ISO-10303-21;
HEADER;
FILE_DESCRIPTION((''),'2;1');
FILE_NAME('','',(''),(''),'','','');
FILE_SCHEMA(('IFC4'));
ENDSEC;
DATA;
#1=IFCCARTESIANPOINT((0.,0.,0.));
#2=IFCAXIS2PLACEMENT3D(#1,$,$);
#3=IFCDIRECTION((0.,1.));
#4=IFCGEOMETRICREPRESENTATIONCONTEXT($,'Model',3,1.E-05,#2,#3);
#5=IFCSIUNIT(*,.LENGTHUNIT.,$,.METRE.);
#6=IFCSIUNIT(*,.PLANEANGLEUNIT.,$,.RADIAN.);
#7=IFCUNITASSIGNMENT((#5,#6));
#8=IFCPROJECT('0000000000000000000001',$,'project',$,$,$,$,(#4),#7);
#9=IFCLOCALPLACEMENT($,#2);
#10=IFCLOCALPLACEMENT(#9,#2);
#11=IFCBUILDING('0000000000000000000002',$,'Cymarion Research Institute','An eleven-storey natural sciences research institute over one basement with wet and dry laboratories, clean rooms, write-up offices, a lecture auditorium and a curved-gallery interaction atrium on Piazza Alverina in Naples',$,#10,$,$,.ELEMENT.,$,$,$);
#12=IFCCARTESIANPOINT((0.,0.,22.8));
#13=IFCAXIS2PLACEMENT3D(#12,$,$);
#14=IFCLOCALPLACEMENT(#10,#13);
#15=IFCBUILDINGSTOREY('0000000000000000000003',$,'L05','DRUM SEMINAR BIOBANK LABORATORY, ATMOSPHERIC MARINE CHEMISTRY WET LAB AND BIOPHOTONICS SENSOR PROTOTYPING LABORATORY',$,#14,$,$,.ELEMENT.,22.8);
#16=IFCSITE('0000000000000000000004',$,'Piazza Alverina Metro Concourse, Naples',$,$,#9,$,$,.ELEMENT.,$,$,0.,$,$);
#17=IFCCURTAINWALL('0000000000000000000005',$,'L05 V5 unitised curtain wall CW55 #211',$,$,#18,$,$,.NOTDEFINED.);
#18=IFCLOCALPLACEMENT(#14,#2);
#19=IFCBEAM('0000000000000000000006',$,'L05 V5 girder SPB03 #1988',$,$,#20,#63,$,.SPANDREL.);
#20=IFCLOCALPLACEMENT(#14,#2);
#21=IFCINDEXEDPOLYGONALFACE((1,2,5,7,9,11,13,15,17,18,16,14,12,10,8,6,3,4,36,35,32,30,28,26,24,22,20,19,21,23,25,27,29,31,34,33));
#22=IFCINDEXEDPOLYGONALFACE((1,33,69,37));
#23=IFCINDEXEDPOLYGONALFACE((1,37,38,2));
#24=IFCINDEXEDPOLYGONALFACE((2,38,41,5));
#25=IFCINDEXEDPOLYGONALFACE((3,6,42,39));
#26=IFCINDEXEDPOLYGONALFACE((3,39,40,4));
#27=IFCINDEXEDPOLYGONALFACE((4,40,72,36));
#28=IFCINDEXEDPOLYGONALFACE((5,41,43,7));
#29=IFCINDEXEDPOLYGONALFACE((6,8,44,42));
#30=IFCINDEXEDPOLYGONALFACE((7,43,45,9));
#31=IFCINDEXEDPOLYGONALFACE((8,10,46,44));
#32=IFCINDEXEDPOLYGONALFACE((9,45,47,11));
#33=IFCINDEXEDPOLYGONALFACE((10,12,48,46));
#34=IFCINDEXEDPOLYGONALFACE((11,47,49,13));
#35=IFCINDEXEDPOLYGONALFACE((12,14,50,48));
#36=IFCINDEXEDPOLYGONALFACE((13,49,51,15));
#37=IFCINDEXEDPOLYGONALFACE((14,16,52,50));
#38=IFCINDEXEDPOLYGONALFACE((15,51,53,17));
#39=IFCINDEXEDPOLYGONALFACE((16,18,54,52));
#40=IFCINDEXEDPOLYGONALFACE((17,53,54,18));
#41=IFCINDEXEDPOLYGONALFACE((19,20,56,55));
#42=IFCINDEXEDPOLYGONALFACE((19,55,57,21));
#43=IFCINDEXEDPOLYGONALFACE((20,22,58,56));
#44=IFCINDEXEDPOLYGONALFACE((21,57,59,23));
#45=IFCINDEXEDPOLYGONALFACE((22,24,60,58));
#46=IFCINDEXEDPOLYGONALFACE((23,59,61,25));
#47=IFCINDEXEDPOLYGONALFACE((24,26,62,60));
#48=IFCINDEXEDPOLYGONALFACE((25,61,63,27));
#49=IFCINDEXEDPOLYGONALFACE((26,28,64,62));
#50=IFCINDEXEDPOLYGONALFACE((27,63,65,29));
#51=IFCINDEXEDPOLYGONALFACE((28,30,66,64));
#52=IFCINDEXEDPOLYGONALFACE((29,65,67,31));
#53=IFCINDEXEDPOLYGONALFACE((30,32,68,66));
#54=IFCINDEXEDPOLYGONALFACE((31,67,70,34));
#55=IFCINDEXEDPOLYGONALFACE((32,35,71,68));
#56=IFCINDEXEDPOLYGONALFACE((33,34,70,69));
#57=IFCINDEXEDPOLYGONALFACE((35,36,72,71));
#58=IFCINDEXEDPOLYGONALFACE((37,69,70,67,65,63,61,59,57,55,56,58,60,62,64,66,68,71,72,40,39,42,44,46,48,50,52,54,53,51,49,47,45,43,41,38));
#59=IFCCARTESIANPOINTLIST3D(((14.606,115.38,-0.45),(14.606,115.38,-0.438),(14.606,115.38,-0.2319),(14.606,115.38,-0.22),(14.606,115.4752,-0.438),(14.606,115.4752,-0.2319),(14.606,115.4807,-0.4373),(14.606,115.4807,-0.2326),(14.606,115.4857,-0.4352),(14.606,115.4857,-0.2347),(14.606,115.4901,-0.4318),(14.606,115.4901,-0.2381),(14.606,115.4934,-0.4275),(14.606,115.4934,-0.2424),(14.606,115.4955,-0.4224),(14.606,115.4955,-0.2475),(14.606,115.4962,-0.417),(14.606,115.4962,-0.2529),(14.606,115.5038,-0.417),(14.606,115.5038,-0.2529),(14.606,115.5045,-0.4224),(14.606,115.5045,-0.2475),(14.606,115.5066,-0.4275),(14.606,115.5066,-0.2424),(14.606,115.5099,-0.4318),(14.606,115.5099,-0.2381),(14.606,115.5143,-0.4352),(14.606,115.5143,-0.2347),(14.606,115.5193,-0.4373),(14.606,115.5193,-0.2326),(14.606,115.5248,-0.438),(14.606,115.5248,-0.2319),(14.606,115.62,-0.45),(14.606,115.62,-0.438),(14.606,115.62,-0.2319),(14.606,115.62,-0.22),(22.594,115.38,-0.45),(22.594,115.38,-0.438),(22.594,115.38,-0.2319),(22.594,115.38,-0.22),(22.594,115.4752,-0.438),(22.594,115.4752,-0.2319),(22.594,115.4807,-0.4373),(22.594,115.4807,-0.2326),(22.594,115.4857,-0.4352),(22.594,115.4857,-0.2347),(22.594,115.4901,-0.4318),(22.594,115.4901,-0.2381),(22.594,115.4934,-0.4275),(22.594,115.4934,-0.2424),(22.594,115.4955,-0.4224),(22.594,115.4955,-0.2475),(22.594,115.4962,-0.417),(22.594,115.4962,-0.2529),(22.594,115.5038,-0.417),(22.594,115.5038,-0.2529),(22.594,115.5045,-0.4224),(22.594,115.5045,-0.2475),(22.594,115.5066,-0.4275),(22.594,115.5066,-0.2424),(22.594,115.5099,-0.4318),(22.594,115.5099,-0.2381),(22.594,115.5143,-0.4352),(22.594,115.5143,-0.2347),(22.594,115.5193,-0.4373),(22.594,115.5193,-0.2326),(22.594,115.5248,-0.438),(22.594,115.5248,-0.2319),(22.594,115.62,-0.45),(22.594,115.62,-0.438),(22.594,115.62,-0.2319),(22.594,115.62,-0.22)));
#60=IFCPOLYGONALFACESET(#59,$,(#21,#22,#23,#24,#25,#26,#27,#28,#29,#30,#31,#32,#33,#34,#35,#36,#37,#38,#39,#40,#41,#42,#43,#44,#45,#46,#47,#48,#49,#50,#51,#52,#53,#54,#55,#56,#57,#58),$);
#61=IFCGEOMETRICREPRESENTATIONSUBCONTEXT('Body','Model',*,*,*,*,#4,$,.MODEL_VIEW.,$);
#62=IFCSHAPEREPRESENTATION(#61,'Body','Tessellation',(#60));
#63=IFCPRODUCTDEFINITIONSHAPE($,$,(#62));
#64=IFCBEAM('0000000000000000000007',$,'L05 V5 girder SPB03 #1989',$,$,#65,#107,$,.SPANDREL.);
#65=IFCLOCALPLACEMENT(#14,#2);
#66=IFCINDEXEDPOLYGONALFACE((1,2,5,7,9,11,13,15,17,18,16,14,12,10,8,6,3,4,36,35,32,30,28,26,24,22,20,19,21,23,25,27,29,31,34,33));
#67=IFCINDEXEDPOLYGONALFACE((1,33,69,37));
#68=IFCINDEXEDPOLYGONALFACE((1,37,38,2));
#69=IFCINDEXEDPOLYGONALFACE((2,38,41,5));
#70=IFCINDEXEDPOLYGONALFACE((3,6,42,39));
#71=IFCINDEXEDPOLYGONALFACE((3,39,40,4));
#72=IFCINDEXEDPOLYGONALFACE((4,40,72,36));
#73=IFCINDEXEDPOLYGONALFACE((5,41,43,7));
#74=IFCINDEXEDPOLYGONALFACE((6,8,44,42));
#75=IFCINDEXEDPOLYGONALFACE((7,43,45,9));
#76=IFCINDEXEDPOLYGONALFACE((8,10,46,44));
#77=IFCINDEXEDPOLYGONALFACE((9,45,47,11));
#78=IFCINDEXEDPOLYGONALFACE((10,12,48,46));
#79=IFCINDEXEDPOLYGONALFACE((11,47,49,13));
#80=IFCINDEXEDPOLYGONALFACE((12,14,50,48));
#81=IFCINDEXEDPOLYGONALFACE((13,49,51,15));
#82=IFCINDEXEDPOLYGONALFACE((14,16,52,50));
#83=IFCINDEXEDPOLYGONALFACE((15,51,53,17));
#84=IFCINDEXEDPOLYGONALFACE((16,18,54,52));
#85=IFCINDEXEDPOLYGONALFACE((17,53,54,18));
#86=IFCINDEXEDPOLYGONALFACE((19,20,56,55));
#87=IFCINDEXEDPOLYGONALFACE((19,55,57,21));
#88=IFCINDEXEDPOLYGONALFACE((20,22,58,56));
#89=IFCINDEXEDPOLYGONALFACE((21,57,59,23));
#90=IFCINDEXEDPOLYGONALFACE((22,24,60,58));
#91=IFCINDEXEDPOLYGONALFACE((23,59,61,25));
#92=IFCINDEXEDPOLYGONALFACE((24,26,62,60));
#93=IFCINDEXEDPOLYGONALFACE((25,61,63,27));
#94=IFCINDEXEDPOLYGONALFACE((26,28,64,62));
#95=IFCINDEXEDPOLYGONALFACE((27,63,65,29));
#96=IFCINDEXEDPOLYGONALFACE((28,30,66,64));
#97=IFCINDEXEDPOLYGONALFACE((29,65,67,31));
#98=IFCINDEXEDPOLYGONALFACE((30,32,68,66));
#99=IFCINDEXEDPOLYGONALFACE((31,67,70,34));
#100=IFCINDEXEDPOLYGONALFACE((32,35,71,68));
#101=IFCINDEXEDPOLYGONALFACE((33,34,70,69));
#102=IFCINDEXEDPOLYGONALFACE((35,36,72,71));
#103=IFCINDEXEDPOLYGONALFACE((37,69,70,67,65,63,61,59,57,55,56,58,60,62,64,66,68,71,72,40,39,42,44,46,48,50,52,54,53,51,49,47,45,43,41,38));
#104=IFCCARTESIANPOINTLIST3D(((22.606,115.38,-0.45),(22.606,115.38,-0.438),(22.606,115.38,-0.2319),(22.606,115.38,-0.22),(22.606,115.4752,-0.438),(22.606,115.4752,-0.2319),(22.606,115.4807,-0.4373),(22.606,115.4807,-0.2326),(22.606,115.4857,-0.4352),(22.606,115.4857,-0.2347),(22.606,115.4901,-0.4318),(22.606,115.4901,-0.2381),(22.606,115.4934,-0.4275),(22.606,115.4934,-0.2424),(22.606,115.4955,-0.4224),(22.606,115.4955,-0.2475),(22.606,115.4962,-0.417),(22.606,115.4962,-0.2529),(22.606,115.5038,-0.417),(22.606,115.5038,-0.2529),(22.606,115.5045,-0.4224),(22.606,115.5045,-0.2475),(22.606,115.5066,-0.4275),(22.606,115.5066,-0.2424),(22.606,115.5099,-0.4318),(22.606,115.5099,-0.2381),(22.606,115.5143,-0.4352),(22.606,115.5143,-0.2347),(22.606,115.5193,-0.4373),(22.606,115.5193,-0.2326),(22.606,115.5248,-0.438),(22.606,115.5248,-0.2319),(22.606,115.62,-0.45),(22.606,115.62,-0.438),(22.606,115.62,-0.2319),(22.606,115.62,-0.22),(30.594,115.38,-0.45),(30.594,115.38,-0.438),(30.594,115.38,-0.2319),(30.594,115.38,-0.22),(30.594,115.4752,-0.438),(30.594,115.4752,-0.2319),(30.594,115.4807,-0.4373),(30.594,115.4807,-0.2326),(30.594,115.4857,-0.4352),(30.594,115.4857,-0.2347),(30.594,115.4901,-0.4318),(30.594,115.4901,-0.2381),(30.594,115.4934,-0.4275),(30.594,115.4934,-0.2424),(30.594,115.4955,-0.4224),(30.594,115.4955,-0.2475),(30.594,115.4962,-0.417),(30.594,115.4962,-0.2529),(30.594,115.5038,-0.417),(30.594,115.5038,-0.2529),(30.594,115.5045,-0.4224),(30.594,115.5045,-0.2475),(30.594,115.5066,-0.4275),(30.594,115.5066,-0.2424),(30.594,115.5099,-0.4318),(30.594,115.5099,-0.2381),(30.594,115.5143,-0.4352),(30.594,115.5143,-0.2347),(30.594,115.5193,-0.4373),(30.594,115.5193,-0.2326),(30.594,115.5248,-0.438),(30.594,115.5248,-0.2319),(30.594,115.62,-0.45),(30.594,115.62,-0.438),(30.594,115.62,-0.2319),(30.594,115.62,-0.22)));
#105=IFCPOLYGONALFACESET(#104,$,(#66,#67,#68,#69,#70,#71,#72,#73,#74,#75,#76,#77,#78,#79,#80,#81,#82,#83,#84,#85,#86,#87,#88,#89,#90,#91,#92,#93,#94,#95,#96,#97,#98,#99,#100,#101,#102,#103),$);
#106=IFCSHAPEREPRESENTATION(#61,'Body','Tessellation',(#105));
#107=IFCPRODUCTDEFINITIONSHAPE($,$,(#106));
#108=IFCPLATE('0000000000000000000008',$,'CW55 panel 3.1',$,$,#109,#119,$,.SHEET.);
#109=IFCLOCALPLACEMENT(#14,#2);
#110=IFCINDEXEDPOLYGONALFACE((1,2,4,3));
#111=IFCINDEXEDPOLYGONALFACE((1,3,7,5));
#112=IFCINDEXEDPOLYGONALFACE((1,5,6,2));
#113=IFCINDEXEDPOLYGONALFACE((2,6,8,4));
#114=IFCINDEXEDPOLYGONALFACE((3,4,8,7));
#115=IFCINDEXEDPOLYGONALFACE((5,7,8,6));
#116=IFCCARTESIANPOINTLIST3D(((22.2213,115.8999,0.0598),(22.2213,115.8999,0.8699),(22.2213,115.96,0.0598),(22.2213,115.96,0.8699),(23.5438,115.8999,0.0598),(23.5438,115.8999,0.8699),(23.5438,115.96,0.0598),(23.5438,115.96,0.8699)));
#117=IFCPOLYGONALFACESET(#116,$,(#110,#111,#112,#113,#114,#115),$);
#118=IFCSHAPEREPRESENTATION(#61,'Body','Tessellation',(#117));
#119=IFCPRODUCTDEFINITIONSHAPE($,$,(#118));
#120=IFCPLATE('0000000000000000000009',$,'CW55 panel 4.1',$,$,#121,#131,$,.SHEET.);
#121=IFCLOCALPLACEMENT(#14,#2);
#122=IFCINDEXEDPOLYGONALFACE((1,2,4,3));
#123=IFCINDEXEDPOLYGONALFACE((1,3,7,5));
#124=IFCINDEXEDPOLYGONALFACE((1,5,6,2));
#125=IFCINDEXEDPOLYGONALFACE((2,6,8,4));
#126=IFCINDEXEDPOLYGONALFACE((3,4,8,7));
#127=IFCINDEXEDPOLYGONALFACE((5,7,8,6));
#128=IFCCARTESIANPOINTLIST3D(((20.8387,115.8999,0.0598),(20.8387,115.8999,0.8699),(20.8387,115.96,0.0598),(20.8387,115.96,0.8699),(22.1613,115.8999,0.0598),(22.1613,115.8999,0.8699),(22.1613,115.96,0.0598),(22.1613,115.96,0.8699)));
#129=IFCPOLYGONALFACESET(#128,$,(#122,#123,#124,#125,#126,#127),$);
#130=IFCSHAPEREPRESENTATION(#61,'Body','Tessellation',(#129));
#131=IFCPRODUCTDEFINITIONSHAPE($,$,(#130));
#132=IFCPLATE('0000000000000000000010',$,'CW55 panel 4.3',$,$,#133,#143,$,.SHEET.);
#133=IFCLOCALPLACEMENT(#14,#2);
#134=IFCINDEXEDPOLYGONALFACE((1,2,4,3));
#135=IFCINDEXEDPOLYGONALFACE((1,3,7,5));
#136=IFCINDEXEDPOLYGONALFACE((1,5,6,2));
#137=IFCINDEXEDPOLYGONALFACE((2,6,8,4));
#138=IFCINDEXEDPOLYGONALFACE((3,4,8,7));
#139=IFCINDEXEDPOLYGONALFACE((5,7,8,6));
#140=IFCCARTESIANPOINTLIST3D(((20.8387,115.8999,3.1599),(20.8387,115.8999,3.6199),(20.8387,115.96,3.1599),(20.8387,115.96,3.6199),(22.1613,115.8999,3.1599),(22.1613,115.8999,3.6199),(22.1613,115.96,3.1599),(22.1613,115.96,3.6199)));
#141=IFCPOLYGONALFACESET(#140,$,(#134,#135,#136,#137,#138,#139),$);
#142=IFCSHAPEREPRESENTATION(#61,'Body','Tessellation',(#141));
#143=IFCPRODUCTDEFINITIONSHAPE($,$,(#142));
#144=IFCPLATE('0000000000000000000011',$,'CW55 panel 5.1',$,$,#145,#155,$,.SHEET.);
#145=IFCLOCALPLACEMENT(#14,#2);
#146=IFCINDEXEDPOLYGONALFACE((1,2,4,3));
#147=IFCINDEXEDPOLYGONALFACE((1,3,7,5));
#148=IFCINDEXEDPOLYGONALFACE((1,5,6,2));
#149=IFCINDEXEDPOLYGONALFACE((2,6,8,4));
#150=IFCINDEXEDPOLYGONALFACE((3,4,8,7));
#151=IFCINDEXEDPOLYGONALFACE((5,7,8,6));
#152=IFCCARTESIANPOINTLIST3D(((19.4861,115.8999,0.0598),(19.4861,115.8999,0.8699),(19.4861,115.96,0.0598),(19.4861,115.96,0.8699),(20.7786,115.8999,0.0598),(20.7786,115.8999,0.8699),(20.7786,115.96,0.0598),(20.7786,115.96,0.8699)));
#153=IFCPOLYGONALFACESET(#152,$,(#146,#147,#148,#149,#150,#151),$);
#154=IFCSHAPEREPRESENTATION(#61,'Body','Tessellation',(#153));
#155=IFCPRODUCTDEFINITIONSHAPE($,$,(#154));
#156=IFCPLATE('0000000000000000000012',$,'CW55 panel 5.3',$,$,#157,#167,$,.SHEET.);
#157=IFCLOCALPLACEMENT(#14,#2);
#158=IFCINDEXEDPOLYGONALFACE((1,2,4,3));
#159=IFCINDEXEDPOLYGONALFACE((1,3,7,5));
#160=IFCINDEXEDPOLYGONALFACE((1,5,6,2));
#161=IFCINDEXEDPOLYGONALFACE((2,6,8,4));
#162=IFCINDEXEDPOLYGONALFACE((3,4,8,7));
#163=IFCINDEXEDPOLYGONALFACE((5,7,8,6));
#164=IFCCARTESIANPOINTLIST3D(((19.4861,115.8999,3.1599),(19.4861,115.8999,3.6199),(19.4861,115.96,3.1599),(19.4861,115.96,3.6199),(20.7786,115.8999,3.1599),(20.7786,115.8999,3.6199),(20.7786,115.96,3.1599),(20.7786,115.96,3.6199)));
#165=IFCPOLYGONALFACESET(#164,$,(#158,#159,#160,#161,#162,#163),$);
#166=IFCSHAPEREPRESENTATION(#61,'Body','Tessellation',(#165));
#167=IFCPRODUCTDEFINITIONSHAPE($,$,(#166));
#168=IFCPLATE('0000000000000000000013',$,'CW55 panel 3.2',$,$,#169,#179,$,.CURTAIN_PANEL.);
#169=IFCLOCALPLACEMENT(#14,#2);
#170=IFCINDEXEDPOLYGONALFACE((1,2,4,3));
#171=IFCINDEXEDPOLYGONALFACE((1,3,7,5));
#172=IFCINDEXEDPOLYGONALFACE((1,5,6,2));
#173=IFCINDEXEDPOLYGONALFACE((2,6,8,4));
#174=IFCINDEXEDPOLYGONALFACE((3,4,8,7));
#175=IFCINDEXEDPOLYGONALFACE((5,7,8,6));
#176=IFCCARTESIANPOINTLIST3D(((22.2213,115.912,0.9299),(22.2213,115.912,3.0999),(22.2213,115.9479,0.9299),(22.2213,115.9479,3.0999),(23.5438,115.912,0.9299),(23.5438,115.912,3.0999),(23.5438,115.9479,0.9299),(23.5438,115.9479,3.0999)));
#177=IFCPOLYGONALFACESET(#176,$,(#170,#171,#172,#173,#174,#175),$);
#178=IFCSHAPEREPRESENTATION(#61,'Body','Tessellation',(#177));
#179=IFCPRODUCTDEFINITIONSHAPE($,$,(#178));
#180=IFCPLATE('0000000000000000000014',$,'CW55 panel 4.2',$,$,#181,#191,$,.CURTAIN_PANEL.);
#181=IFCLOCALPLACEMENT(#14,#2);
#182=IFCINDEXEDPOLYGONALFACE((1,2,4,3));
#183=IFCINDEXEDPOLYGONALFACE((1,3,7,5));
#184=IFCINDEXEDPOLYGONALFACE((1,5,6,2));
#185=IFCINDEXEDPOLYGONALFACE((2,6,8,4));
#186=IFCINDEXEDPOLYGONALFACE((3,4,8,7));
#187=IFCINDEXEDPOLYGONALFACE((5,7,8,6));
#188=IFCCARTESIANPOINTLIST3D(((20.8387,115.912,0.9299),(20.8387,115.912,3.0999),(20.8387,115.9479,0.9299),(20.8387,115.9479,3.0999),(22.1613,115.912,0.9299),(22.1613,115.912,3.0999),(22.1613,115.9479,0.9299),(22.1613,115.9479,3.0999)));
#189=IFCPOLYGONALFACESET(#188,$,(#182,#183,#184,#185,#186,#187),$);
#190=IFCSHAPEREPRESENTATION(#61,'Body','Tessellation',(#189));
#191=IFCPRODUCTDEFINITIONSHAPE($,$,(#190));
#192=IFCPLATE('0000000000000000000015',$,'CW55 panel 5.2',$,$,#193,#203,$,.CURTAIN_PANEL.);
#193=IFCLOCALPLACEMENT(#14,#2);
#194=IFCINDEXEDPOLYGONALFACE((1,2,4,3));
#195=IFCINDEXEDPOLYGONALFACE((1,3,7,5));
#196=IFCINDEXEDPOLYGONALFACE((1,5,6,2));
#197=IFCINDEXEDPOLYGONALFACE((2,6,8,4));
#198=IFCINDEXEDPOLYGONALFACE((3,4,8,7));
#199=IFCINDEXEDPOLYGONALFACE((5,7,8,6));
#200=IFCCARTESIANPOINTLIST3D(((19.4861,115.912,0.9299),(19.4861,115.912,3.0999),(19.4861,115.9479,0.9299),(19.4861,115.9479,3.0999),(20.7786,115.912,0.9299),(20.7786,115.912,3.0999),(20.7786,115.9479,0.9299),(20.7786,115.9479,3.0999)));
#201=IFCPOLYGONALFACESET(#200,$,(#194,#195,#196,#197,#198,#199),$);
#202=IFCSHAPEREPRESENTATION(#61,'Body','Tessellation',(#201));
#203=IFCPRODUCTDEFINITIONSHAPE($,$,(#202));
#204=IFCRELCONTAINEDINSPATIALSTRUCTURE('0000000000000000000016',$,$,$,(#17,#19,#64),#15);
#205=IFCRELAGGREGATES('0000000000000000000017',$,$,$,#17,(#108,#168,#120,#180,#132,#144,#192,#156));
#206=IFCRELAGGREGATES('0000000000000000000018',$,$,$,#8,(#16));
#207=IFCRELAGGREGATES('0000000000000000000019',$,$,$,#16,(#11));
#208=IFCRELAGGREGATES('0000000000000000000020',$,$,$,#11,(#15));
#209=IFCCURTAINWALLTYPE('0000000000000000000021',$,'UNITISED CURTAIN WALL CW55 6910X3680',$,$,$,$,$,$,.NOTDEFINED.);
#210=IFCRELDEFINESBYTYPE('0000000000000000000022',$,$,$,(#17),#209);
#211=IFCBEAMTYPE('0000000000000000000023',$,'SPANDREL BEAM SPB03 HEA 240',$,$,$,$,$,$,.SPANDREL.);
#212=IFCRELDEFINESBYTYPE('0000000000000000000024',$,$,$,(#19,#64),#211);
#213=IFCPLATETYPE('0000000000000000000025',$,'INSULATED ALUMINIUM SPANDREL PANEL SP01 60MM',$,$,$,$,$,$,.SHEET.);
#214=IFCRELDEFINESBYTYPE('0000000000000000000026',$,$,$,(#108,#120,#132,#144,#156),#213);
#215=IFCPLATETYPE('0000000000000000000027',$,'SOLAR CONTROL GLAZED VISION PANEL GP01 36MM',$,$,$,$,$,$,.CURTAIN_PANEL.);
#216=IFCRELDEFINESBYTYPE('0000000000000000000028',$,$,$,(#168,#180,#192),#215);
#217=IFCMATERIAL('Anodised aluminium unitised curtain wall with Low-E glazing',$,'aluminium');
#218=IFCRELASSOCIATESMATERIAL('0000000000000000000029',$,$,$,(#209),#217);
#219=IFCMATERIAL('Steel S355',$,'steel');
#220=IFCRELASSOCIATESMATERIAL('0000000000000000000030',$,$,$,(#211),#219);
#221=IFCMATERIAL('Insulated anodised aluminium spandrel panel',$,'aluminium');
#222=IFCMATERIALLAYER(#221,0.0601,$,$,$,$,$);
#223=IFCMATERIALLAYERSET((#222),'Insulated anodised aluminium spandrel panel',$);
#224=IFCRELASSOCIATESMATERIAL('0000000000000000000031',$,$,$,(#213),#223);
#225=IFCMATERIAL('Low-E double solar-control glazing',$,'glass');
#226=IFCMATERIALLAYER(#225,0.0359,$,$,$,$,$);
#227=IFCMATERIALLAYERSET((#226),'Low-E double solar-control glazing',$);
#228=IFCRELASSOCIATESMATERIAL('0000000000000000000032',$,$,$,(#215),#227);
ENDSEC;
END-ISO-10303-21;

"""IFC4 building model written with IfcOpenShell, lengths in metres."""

from ifc_helpers import new_model, si_unit, direction, frame, origin, origin_2d, place, context, subcontext, project, spatial, rectangle, i_section, extrude, material, layer, layer_set, material_profile, profile_set, type_object, element, aggregate, save


model = new_model("IFC4")

# Units and contexts
model_context = context("Model", 3, precision=1e-05, world=origin(), true_north=direction((0.0, 1.0)))
body_context = subcontext(model_context, "Body", "Model", "MODEL_VIEW")
ifc_project = project(units=[si_unit("LENGTHUNIT", "METRE"), si_unit("PLANEANGLEUNIT", "RADIAN")], contexts=[model_context])

# Site, building, storey
site_placement = place(None, origin())
site = spatial("IfcSite", under=ifc_project, at=site_placement, Name="Piazza Alverina Metro Concourse, Naples", CompositionType="ELEMENT", RefElevation=0.0)
building_placement = place(site_placement, origin())
building = spatial("IfcBuilding", under=site, at=building_placement, Name="Cymarion Research Institute", Description="An eleven-storey natural sciences research institute over one basement with wet and dry laboratories, clean rooms, write-up offices, a lecture auditorium and a curved-gallery interaction atrium on Piazza Alverina in Naples", CompositionType="ELEMENT")
storey_placement = place(building_placement, frame((0.0, 0.0, 22.8)))
storey = spatial("IfcBuildingStorey", under=building, at=storey_placement, Name="L05", Description="DRUM SEMINAR BIOBANK LABORATORY, ATMOSPHERIC MARINE CHEMISTRY WET LAB AND BIOPHOTONICS SENSOR PROTOTYPING LABORATORY", CompositionType="ELEMENT", Elevation=22.8)

# Shared definitions
ifc_material_1 = material(Name="Steel S355", Category="steel")

# Curtain wall
ifc_material_2 = material(Name="Anodised aluminium unitised curtain wall with Low-E glazing", Category="aluminium")
curtain_wall_type = type_object("IfcCurtainWallType", Name="UNITISED CURTAIN WALL CW55 6910X3680", PredefinedType="NOTDEFINED", material=ifc_material_2)
curtain_wall_placement = place(storey_placement, origin())
curtain_wall = element("IfcCurtainWall", 1, at=curtain_wall_placement, inside=storey, type_object=curtain_wall_type, Name="L05 V5 unitised curtain wall CW55 #211", PredefinedType="NOTDEFINED")

# Beams
ifc_material_profile_1 = material_profile(ifc_material_1, i_section(OverallWidth=0.24, OverallDepth=0.23, WebThickness=0.0076, FlangeThickness=0.012, FilletRadius=0.021, at=origin_2d()), Name="HEA 240")
ifc_profile_set_1 = profile_set([ifc_material_profile_1], Name="Steel S355")
beam_type = type_object("IfcBeamType", Name="SPANDREL BEAM SPB03 HEA 240", PredefinedType="SPANDREL", material=ifc_profile_set_1)
for number, where, z_axis, x_axis, name in (
    (2, (14.606, 115.5, -0.335), (1.0, 0.0, 0.0), (0.0, 1.0, 0.0), "L05 V5 girder SPB03 #1988"),
    (3, (22.606, 115.5, -0.335), (1.0, 0.0, 0.0), (0.0, 1.0, 0.0), "L05 V5 girder SPB03 #1989"),
):
    element("IfcBeam", number, at=place(storey_placement, frame(where, z_axis=z_axis, x_axis=x_axis)), inside=storey, type_object=beam_type, Name=name, PredefinedType="SPANDREL", context=body_context, shape_type="SweptSolid", body=[
        extrude(i_section(OverallWidth=0.24, OverallDepth=0.23, WebThickness=0.0076, FlangeThickness=0.012, FilletRadius=0.021, at=origin_2d()), origin(), (0.0, 0.0, 1.0), 7.988),
    ])

# Plates
ifc_material_3 = material(Name="Insulated anodised aluminium spandrel panel", Category="aluminium")
ifc_layer_1 = layer(ifc_material_3, 0.0601)
ifc_layer_set_1 = layer_set([ifc_layer_1], Name="Insulated anodised aluminium spandrel panel")
plate_type_1 = type_object("IfcPlateType", Name="INSULATED ALUMINIUM SPANDREL PANEL SP01 60MM", PredefinedType="SHEET", material=ifc_layer_set_1)
plate_1_placement = place(storey_placement, frame((22.8826, 115.9299, 0.0598), z_axis=(0.0, 0.0, 1.0), x_axis=(-1.0, 0.0, 0.0)))
plate_1 = element("IfcPlate", 4, at=plate_1_placement, type_object=plate_type_1, Name="CW55 panel 3.1", PredefinedType="SHEET", context=body_context, shape_type="SweptSolid", body=[
    extrude(rectangle(XDim=1.3225, YDim=0.0601, at=origin_2d()), origin(), (0.0, 0.0, 1.0), 0.8101),
])
plate_2_placement = place(storey_placement, frame((21.5, 115.9299, 0.0598), z_axis=(0.0, 0.0, 1.0), x_axis=(-1.0, 0.0, 0.0)))
plate_2 = element("IfcPlate", 5, at=plate_2_placement, type_object=plate_type_1, Name="CW55 panel 4.1", PredefinedType="SHEET", context=body_context, shape_type="SweptSolid", body=[
    extrude(rectangle(XDim=1.3225, YDim=0.0601, at=origin_2d()), origin(), (0.0, 0.0, 1.0), 0.8101),
])
plate_3_placement = place(storey_placement, frame((21.5, 115.9299, 3.1599), z_axis=(0.0, 0.0, 1.0), x_axis=(-1.0, 0.0, 0.0)))
plate_3 = element("IfcPlate", 6, at=plate_3_placement, type_object=plate_type_1, Name="CW55 panel 4.3", PredefinedType="SHEET", context=body_context, shape_type="SweptSolid", body=[
    extrude(rectangle(XDim=1.3225, YDim=0.0601, at=origin_2d()), origin(), (0.0, 0.0, 1.0), 0.46),
])
plate_4_placement = place(storey_placement, frame((20.1323, 115.9299, 0.0598), z_axis=(0.0, 0.0, 1.0), x_axis=(-1.0, 0.0, 0.0)))
plate_4 = element("IfcPlate", 7, at=plate_4_placement, type_object=plate_type_1, Name="CW55 panel 5.1", PredefinedType="SHEET", context=body_context, shape_type="SweptSolid", body=[
    extrude(rectangle(XDim=1.2925, YDim=0.0601, at=origin_2d()), origin(), (0.0, 0.0, 1.0), 0.8101),
])
plate_5_placement = place(storey_placement, frame((20.1323, 115.9299, 3.1599), z_axis=(0.0, 0.0, 1.0), x_axis=(-1.0, 0.0, 0.0)))
plate_5 = element("IfcPlate", 8, at=plate_5_placement, type_object=plate_type_1, Name="CW55 panel 5.3", PredefinedType="SHEET", context=body_context, shape_type="SweptSolid", body=[
    extrude(rectangle(XDim=1.2925, YDim=0.0601, at=origin_2d()), origin(), (0.0, 0.0, 1.0), 0.46),
])
ifc_material_4 = material(Name="Low-E double solar-control glazing", Category="glass")
ifc_layer_2 = layer(ifc_material_4, 0.0359)
ifc_layer_set_2 = layer_set([ifc_layer_2], Name="Low-E double solar-control glazing")
plate_type_2 = type_object("IfcPlateType", Name="SOLAR CONTROL GLAZED VISION PANEL GP01 36MM", PredefinedType="CURTAIN_PANEL", material=ifc_layer_set_2)
plate_6_placement = place(storey_placement, frame((22.8826, 115.9299, 0.9299), z_axis=(0.0, 0.0, 1.0), x_axis=(-1.0, 0.0, 0.0)))
plate_6 = element("IfcPlate", 9, at=plate_6_placement, type_object=plate_type_2, Name="CW55 panel 3.2", PredefinedType="CURTAIN_PANEL", context=body_context, shape_type="SweptSolid", body=[
    extrude(rectangle(XDim=1.3225, YDim=0.0359, at=origin_2d()), origin(), (0.0, 0.0, 1.0), 2.1699),
])
plate_7_placement = place(storey_placement, frame((21.5, 115.9299, 0.9299), z_axis=(0.0, 0.0, 1.0), x_axis=(-1.0, 0.0, 0.0)))
plate_7 = element("IfcPlate", 10, at=plate_7_placement, type_object=plate_type_2, Name="CW55 panel 4.2", PredefinedType="CURTAIN_PANEL", context=body_context, shape_type="SweptSolid", body=[
    extrude(rectangle(XDim=1.3225, YDim=0.0359, at=origin_2d()), origin(), (0.0, 0.0, 1.0), 2.1699),
])
plate_8_placement = place(storey_placement, frame((20.1323, 115.9299, 0.9299), z_axis=(0.0, 0.0, 1.0), x_axis=(-1.0, 0.0, 0.0)))
plate_8 = element("IfcPlate", 11, at=plate_8_placement, type_object=plate_type_2, Name="CW55 panel 5.2", PredefinedType="CURTAIN_PANEL", context=body_context, shape_type="SweptSolid", body=[
    extrude(rectangle(XDim=1.2925, YDim=0.0359, at=origin_2d()), origin(), (0.0, 0.0, 1.0), 2.1699),
])
aggregate(curtain_wall, [plate_1, plate_6, plate_2, plate_7, plate_3, plate_4, plate_8, plate_5])

save(model, "model.ifc")
